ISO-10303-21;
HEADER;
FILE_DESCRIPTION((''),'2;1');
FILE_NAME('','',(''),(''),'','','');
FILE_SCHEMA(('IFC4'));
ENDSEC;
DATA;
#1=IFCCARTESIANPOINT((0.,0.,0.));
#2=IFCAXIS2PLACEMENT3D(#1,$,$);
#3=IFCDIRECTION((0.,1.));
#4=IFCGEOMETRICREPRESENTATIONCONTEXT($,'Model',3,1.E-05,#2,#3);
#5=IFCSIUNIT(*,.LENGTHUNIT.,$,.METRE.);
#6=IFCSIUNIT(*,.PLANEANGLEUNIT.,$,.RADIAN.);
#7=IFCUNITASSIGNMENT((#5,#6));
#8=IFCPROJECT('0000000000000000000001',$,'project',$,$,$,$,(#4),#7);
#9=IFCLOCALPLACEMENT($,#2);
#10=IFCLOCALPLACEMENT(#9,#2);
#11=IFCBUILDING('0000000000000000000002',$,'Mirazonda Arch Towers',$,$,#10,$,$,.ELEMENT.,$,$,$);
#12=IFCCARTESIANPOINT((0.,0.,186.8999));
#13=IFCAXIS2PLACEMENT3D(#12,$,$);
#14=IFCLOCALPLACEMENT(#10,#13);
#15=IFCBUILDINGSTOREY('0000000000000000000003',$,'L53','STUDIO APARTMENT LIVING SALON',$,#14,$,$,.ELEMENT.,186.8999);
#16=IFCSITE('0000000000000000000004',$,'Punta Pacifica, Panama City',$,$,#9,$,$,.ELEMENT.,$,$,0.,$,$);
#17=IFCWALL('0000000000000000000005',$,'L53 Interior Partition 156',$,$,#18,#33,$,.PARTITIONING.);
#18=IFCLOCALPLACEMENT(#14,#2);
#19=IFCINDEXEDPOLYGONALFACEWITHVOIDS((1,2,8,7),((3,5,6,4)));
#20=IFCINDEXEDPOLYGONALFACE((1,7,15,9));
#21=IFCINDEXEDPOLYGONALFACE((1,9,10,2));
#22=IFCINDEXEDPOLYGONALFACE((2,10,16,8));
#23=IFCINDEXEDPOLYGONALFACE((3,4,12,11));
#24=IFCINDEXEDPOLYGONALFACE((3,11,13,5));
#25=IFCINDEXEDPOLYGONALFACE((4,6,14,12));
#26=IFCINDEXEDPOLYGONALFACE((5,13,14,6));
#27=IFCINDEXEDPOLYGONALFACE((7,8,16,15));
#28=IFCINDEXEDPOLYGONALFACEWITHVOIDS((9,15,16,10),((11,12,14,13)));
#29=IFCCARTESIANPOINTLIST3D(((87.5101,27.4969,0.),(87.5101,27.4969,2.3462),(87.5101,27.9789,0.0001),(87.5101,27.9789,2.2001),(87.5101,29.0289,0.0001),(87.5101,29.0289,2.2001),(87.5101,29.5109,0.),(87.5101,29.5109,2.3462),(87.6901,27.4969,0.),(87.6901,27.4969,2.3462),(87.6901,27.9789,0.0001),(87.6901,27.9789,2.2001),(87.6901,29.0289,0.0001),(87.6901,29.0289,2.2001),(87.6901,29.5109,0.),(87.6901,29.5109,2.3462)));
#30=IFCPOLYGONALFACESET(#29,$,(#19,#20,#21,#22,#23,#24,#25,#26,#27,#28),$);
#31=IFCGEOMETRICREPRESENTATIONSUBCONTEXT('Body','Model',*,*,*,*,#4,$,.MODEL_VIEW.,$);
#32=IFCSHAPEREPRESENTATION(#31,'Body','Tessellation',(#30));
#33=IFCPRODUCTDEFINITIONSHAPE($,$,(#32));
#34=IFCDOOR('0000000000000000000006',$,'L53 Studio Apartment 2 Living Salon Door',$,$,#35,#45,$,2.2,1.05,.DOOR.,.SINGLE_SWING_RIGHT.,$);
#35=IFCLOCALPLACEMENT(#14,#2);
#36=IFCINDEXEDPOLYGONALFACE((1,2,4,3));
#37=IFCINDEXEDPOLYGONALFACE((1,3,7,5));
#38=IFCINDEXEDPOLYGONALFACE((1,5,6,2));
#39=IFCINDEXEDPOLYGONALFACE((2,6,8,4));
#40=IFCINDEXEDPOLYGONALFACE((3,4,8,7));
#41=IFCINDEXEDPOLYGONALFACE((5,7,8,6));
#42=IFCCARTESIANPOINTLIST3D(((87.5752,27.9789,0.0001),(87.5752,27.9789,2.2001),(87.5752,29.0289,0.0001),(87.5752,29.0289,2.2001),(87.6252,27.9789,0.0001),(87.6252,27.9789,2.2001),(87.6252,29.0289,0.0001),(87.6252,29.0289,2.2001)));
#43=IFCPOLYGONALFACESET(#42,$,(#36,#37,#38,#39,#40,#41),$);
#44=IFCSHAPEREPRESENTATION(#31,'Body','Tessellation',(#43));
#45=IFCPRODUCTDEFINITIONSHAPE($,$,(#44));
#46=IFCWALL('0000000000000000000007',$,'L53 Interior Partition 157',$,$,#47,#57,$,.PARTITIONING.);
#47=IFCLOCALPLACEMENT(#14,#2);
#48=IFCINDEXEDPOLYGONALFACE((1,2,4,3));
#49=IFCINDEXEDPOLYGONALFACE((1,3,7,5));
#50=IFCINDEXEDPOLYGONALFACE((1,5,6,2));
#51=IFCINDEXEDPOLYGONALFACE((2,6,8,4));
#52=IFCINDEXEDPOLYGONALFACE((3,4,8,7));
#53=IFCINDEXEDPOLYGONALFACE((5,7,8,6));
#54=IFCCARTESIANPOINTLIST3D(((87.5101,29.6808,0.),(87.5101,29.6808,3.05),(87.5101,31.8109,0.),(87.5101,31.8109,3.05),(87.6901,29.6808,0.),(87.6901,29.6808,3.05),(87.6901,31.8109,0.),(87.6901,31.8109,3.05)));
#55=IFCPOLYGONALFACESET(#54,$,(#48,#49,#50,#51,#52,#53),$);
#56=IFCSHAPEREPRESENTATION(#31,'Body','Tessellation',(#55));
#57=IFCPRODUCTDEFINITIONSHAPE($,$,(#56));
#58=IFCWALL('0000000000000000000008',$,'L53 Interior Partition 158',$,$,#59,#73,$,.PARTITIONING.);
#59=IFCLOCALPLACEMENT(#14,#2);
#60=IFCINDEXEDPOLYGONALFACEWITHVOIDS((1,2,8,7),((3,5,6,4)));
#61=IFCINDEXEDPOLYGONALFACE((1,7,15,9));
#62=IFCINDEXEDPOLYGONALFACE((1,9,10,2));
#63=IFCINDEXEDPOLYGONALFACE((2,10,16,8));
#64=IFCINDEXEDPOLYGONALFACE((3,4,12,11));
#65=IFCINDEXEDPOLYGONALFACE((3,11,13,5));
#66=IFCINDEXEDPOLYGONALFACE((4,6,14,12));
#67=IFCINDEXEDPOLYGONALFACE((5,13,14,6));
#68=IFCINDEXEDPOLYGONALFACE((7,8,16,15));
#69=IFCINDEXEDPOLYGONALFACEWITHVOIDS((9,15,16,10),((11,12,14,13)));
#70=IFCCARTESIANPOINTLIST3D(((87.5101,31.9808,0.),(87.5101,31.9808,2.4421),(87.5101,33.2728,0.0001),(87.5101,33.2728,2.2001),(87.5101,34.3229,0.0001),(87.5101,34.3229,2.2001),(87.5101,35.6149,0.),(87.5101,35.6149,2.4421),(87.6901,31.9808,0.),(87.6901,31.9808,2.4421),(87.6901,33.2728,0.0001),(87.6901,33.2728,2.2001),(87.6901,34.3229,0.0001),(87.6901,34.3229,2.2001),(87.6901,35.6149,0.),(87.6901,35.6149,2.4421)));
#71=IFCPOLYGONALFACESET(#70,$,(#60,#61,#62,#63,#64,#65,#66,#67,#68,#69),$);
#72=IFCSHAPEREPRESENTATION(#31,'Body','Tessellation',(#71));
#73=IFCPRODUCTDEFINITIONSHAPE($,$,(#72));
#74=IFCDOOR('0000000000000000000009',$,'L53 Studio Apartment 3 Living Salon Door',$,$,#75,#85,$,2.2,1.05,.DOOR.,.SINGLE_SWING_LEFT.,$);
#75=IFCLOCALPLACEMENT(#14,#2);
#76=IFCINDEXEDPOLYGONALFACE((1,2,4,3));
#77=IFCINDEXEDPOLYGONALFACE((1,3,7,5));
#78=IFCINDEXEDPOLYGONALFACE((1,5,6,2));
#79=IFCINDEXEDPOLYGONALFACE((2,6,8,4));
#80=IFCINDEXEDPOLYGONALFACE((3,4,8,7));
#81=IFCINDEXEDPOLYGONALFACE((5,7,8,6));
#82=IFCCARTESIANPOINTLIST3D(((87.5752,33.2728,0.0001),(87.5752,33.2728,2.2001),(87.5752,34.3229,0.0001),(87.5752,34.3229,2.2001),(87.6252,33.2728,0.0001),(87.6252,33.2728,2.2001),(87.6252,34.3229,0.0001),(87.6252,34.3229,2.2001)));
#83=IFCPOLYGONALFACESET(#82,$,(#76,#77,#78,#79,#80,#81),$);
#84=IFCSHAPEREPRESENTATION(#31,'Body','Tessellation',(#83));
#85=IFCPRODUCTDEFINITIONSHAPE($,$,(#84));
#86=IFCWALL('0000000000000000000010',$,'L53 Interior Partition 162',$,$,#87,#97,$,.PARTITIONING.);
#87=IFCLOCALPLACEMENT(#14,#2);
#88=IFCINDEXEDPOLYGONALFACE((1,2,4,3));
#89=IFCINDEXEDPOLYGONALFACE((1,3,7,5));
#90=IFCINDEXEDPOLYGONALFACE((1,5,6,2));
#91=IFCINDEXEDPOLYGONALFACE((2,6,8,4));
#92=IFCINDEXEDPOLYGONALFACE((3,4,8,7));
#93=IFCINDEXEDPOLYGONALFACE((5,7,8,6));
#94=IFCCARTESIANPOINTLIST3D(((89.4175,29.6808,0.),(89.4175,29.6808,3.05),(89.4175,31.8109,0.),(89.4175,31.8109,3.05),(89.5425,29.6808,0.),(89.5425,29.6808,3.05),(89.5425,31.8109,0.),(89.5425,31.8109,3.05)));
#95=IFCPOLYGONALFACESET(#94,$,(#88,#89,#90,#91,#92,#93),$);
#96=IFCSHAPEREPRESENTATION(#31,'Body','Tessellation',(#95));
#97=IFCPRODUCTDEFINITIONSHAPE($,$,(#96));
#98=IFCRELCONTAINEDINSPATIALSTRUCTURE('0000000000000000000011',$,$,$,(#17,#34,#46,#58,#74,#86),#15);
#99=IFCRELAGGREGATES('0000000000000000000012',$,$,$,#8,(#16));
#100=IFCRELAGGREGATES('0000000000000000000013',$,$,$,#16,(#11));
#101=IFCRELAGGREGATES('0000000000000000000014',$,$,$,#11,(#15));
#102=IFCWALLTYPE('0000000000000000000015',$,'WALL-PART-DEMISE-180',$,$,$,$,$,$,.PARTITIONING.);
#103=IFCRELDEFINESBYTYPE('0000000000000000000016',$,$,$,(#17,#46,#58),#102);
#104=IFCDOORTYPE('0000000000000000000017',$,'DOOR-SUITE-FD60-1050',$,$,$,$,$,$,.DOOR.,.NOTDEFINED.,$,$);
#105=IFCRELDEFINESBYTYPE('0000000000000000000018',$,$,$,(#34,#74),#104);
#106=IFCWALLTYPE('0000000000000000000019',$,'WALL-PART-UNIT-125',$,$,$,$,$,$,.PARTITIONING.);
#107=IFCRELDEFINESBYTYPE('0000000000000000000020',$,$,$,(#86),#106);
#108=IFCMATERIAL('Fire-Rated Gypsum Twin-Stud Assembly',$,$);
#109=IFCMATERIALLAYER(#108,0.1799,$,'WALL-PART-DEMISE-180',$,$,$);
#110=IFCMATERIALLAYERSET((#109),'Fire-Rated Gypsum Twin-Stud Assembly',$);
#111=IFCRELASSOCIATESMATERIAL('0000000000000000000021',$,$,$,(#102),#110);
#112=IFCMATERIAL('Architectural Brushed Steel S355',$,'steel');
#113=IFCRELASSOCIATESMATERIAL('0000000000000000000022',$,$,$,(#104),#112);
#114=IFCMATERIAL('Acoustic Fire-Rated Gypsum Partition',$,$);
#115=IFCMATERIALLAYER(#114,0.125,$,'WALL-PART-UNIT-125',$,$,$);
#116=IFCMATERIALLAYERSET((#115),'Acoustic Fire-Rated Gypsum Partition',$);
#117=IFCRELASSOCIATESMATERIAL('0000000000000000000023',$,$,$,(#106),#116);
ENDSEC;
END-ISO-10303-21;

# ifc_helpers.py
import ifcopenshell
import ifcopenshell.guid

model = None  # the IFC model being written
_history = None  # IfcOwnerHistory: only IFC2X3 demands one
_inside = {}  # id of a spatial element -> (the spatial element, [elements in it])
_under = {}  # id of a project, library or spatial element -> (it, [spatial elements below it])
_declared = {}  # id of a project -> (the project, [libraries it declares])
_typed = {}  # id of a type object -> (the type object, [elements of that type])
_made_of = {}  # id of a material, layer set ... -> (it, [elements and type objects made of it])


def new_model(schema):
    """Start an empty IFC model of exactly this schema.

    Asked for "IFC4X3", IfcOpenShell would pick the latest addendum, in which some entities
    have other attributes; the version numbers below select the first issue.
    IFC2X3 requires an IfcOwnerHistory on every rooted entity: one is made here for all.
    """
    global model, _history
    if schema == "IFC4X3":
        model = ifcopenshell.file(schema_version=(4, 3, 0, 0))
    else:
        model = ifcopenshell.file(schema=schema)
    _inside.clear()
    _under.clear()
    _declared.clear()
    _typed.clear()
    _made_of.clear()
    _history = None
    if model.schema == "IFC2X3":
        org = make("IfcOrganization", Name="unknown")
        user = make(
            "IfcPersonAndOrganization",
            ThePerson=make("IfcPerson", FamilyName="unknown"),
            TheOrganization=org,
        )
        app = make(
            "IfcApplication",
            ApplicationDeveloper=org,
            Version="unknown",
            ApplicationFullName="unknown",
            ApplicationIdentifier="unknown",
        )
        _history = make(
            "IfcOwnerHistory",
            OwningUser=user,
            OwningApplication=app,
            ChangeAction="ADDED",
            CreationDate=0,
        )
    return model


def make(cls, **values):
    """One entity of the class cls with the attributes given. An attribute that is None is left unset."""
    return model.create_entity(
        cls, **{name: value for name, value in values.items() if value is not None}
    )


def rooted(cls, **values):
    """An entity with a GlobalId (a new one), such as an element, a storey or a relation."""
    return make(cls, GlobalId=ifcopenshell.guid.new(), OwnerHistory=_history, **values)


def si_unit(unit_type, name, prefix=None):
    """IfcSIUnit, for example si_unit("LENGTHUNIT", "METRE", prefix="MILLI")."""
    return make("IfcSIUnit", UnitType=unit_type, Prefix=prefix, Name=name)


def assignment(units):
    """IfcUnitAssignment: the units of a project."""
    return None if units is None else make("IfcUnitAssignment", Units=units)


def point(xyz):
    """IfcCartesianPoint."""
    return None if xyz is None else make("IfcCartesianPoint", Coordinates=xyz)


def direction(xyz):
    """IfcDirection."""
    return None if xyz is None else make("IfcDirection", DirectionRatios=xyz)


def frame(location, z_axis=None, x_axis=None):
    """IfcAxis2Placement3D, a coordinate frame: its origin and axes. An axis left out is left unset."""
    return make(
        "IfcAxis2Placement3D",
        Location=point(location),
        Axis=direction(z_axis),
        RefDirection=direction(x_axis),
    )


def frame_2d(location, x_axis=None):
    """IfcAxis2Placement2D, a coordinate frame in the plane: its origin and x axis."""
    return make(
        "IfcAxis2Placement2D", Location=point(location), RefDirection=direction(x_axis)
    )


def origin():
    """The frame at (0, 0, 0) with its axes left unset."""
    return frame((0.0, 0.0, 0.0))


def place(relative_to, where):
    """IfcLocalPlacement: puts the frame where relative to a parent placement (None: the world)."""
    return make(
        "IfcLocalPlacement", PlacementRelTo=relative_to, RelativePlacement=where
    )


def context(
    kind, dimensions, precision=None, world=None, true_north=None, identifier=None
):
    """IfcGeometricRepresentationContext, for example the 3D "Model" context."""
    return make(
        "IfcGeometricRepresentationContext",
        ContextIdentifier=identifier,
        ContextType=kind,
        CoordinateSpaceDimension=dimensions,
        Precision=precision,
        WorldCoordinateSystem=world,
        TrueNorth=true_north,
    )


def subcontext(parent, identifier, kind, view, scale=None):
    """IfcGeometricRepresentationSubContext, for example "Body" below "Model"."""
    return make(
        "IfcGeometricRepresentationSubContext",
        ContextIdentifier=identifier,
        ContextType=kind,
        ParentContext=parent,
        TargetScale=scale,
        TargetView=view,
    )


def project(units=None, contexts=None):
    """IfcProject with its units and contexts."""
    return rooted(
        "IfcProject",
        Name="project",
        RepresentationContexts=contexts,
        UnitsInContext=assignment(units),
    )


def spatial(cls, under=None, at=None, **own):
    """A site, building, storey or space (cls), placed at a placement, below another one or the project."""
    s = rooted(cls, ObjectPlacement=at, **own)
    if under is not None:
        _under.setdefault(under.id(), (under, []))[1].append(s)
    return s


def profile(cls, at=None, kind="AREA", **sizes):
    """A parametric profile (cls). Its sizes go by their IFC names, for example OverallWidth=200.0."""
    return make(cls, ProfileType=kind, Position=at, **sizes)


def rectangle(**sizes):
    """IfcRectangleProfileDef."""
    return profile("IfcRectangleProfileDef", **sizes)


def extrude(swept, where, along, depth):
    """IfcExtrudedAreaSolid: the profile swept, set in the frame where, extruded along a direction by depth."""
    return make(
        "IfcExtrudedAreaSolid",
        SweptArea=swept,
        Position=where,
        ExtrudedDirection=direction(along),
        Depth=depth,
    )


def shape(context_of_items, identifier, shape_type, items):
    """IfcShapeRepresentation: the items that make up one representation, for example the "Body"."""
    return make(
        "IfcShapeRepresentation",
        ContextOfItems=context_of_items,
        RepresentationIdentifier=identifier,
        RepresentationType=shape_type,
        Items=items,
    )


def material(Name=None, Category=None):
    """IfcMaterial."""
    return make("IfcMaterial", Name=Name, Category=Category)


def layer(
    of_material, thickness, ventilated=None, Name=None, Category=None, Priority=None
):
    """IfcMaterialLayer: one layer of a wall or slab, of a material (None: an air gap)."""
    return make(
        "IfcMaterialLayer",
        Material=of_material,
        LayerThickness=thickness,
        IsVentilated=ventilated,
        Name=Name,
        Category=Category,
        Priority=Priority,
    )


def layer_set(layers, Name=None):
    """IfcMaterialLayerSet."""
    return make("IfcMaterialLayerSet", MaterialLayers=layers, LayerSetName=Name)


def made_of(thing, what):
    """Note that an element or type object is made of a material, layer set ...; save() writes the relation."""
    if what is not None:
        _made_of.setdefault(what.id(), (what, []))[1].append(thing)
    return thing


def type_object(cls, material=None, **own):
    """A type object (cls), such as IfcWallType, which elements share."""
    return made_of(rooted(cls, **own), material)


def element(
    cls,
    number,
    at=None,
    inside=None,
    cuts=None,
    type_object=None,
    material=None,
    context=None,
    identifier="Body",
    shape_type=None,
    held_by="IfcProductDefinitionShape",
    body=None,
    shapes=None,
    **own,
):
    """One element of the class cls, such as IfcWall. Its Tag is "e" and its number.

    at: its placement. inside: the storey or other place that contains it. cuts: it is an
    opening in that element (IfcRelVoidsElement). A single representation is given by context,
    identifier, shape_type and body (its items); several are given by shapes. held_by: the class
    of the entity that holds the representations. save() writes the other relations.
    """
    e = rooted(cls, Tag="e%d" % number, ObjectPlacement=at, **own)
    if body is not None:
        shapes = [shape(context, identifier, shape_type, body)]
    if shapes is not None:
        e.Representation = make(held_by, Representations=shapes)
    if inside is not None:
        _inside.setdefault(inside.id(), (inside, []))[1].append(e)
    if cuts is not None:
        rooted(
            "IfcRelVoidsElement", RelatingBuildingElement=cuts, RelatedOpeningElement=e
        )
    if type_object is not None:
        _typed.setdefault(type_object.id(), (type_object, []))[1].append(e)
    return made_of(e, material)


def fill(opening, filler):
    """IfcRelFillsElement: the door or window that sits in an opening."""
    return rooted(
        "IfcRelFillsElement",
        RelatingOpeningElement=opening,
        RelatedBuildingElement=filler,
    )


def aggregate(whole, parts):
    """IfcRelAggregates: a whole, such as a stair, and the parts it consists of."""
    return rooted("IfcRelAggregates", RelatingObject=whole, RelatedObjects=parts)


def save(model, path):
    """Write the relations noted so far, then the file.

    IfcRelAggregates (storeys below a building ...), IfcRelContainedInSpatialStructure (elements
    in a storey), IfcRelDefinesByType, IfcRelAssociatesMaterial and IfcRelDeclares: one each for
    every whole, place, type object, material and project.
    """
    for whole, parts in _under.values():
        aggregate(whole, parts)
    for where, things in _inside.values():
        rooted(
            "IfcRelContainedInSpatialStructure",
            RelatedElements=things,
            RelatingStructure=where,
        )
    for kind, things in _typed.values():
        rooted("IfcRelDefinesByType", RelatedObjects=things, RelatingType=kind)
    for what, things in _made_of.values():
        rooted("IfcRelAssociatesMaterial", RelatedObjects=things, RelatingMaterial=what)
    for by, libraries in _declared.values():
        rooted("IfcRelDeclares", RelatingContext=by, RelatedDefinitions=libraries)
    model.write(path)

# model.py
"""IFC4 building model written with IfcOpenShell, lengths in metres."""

from ifc_helpers import new_model, si_unit, direction, frame, frame_2d, origin, place, context, subcontext, project, spatial, rectangle, extrude, material, layer, layer_set, type_object, element, fill, save


model = new_model("IFC4")

# Units and contexts
model_context = context("Model", 3, precision=1e-05, world=origin(), true_north=direction((0.0, 1.0)))
body_context = subcontext(model_context, "Body", "Model", "MODEL_VIEW")
ifc_project = project(units=[si_unit("LENGTHUNIT", "METRE"), si_unit("PLANEANGLEUNIT", "RADIAN")], contexts=[model_context])

# Site, building, storey
site_placement = place(None, origin())
site = spatial("IfcSite", under=ifc_project, at=site_placement, Name="Punta Pacifica, Panama City", CompositionType="ELEMENT", RefElevation=0.0)
building_placement = place(site_placement, origin())
building = spatial("IfcBuilding", under=site, at=building_placement, Name="Mirazonda Arch Towers", CompositionType="ELEMENT")
storey_placement = place(building_placement, frame((0.0, 0.0, 186.8999)))
storey = spatial("IfcBuildingStorey", under=building, at=storey_placement, Name="L53", Description="STUDIO APARTMENT LIVING SALON", CompositionType="ELEMENT", Elevation=186.8999)

# Shared definitions
ifc_material_1 = material(Name="Architectural Brushed Steel S355", Category="steel")

# Wall, opening, door
ifc_material_2 = material(Name="Fire-Rated Gypsum Twin-Stud Assembly")
ifc_layer_1 = layer(ifc_material_2, 0.1799, Name="WALL-PART-DEMISE-180")
ifc_layer_set_1 = layer_set([ifc_layer_1], Name="Fire-Rated Gypsum Twin-Stud Assembly")
wall_type_1 = type_object("IfcWallType", Name="WALL-PART-DEMISE-180", PredefinedType="PARTITIONING", material=ifc_layer_set_1)
wall_1_placement = place(storey_placement, frame((87.6001, 27.4971, 0.0), z_axis=(0.0, 0.0, 1.0), x_axis=(0.0, 1.0, 0.0)))
wall_1 = element("IfcWall", 1, at=wall_1_placement, inside=storey, type_object=wall_type_1, Name="L53 Interior Partition 156", PredefinedType="PARTITIONING", context=body_context, shape_type="SweptSolid", body=[
    extrude(rectangle(XDim=2.0139, YDim=0.1799, at=frame_2d((1.0068, 0.0))), origin(), (0.0, 0.0, 1.0), 2.3462),
])
opening_1_placement = place(wall_1_placement, frame((0.4819, 0.0, 0.0)))
opening_1 = element("IfcOpeningElement", 2, at=opening_1_placement, cuts=wall_1, PredefinedType="OPENING", context=body_context, shape_type="SweptSolid", body=[
    extrude(rectangle(XDim=1.05, YDim=2.2, at=frame_2d((0.5249, 1.1001))), frame((0.0, 0.0999, 0.0), z_axis=(0.0, -1.0, 0.0), x_axis=(1.0, 0.0, 0.0)), (0.0, 0.0, 1.0), 0.2),
])
door_type_1 = type_object("IfcDoorType", Name="DOOR-SUITE-FD60-1050", OperationType="NOTDEFINED", PredefinedType="DOOR", material=ifc_material_1)
door_1_placement = place(opening_1_placement, origin())
door_1 = element("IfcDoor", 3, at=door_1_placement, inside=storey, type_object=door_type_1, Name="L53 Studio Apartment 2 Living Salon Door", OperationType="SINGLE_SWING_RIGHT", OverallHeight=2.2, OverallWidth=1.05, PredefinedType="DOOR", context=body_context, shape_type="SweptSolid", body=[
    extrude(rectangle(XDim=1.05, YDim=2.2, at=frame_2d((0.5249, 1.1001))), frame((0.0, 0.0249, 0.0), z_axis=(0.0, -1.0, 0.0), x_axis=(1.0, 0.0, 0.0)), (0.0, 0.0, 1.0), 0.05),
])
fill(opening_1, door_1)

# Wall
wall_2_placement = place(storey_placement, frame((87.6001, 29.6809, 0.0), z_axis=(0.0, 0.0, 1.0), x_axis=(0.0, 1.0, 0.0)))
element("IfcWall", 4, at=wall_2_placement, inside=storey, type_object=wall_type_1, Name="L53 Interior Partition 157", PredefinedType="PARTITIONING", context=body_context, shape_type="SweptSolid", body=[
    extrude(rectangle(XDim=2.1301, YDim=0.1799, at=frame_2d((1.0649, 0.0))), origin(), (0.0, 0.0, 1.0), 3.05),
])

# Wall, opening, door
wall_3_placement = place(storey_placement, frame((87.6001, 31.981, 0.0), z_axis=(0.0, 0.0, 1.0), x_axis=(0.0, 1.0, 0.0)))
wall_3 = element("IfcWall", 5, at=wall_3_placement, inside=storey, type_object=wall_type_1, Name="L53 Interior Partition 158", PredefinedType="PARTITIONING", context=body_context, shape_type="SweptSolid", body=[
    extrude(rectangle(XDim=3.634, YDim=0.1799, at=frame_2d((1.8169, 0.0))), origin(), (0.0, 0.0, 1.0), 2.4421),
])
opening_2_placement = place(wall_3_placement, frame((1.292, 0.0, 0.0)))
opening_2 = element("IfcOpeningElement", 6, at=opening_2_placement, cuts=wall_3, PredefinedType="OPENING", context=body_context, shape_type="SweptSolid", body=[
    extrude(rectangle(XDim=1.05, YDim=2.2, at=frame_2d((0.5249, 1.1001))), frame((0.0, 0.0999, 0.0), z_axis=(0.0, -1.0, 0.0), x_axis=(1.0, 0.0, 0.0)), (0.0, 0.0, 1.0), 0.2),
])
door_2_placement = place(opening_2_placement, origin())
door_2 = element("IfcDoor", 7, at=door_2_placement, inside=storey, type_object=door_type_1, Name="L53 Studio Apartment 3 Living Salon Door", OperationType="SINGLE_SWING_LEFT", OverallHeight=2.2, OverallWidth=1.05, PredefinedType="DOOR", context=body_context, shape_type="SweptSolid", body=[
    extrude(rectangle(XDim=1.05, YDim=2.2, at=frame_2d((0.5249, 1.1001))), frame((0.0, 0.0249, 0.0), z_axis=(0.0, -1.0, 0.0), x_axis=(1.0, 0.0, 0.0)), (0.0, 0.0, 1.0), 0.05),
])
fill(opening_2, door_2)

# Wall
ifc_material_3 = material(Name="Acoustic Fire-Rated Gypsum Partition")
ifc_layer_2 = layer(ifc_material_3, 0.125, Name="WALL-PART-UNIT-125")
ifc_layer_set_2 = layer_set([ifc_layer_2], Name="Acoustic Fire-Rated Gypsum Partition")
wall_type_2 = type_object("IfcWallType", Name="WALL-PART-UNIT-125", PredefinedType="PARTITIONING", material=ifc_layer_set_2)
wall_4_placement = place(storey_placement, frame((89.48, 29.6809, 0.0), z_axis=(0.0, 0.0, 1.0), x_axis=(0.0, 1.0, 0.0)))
element("IfcWall", 8, at=wall_4_placement, inside=storey, type_object=wall_type_2, Name="L53 Interior Partition 162", PredefinedType="PARTITIONING", context=body_context, shape_type="SweptSolid", body=[
    extrude(rectangle(XDim=2.1301, YDim=0.125, at=frame_2d((1.0649, 0.0))), origin(), (0.0, 0.0, 1.0), 3.05),
])

save(model, "model.ifc")
